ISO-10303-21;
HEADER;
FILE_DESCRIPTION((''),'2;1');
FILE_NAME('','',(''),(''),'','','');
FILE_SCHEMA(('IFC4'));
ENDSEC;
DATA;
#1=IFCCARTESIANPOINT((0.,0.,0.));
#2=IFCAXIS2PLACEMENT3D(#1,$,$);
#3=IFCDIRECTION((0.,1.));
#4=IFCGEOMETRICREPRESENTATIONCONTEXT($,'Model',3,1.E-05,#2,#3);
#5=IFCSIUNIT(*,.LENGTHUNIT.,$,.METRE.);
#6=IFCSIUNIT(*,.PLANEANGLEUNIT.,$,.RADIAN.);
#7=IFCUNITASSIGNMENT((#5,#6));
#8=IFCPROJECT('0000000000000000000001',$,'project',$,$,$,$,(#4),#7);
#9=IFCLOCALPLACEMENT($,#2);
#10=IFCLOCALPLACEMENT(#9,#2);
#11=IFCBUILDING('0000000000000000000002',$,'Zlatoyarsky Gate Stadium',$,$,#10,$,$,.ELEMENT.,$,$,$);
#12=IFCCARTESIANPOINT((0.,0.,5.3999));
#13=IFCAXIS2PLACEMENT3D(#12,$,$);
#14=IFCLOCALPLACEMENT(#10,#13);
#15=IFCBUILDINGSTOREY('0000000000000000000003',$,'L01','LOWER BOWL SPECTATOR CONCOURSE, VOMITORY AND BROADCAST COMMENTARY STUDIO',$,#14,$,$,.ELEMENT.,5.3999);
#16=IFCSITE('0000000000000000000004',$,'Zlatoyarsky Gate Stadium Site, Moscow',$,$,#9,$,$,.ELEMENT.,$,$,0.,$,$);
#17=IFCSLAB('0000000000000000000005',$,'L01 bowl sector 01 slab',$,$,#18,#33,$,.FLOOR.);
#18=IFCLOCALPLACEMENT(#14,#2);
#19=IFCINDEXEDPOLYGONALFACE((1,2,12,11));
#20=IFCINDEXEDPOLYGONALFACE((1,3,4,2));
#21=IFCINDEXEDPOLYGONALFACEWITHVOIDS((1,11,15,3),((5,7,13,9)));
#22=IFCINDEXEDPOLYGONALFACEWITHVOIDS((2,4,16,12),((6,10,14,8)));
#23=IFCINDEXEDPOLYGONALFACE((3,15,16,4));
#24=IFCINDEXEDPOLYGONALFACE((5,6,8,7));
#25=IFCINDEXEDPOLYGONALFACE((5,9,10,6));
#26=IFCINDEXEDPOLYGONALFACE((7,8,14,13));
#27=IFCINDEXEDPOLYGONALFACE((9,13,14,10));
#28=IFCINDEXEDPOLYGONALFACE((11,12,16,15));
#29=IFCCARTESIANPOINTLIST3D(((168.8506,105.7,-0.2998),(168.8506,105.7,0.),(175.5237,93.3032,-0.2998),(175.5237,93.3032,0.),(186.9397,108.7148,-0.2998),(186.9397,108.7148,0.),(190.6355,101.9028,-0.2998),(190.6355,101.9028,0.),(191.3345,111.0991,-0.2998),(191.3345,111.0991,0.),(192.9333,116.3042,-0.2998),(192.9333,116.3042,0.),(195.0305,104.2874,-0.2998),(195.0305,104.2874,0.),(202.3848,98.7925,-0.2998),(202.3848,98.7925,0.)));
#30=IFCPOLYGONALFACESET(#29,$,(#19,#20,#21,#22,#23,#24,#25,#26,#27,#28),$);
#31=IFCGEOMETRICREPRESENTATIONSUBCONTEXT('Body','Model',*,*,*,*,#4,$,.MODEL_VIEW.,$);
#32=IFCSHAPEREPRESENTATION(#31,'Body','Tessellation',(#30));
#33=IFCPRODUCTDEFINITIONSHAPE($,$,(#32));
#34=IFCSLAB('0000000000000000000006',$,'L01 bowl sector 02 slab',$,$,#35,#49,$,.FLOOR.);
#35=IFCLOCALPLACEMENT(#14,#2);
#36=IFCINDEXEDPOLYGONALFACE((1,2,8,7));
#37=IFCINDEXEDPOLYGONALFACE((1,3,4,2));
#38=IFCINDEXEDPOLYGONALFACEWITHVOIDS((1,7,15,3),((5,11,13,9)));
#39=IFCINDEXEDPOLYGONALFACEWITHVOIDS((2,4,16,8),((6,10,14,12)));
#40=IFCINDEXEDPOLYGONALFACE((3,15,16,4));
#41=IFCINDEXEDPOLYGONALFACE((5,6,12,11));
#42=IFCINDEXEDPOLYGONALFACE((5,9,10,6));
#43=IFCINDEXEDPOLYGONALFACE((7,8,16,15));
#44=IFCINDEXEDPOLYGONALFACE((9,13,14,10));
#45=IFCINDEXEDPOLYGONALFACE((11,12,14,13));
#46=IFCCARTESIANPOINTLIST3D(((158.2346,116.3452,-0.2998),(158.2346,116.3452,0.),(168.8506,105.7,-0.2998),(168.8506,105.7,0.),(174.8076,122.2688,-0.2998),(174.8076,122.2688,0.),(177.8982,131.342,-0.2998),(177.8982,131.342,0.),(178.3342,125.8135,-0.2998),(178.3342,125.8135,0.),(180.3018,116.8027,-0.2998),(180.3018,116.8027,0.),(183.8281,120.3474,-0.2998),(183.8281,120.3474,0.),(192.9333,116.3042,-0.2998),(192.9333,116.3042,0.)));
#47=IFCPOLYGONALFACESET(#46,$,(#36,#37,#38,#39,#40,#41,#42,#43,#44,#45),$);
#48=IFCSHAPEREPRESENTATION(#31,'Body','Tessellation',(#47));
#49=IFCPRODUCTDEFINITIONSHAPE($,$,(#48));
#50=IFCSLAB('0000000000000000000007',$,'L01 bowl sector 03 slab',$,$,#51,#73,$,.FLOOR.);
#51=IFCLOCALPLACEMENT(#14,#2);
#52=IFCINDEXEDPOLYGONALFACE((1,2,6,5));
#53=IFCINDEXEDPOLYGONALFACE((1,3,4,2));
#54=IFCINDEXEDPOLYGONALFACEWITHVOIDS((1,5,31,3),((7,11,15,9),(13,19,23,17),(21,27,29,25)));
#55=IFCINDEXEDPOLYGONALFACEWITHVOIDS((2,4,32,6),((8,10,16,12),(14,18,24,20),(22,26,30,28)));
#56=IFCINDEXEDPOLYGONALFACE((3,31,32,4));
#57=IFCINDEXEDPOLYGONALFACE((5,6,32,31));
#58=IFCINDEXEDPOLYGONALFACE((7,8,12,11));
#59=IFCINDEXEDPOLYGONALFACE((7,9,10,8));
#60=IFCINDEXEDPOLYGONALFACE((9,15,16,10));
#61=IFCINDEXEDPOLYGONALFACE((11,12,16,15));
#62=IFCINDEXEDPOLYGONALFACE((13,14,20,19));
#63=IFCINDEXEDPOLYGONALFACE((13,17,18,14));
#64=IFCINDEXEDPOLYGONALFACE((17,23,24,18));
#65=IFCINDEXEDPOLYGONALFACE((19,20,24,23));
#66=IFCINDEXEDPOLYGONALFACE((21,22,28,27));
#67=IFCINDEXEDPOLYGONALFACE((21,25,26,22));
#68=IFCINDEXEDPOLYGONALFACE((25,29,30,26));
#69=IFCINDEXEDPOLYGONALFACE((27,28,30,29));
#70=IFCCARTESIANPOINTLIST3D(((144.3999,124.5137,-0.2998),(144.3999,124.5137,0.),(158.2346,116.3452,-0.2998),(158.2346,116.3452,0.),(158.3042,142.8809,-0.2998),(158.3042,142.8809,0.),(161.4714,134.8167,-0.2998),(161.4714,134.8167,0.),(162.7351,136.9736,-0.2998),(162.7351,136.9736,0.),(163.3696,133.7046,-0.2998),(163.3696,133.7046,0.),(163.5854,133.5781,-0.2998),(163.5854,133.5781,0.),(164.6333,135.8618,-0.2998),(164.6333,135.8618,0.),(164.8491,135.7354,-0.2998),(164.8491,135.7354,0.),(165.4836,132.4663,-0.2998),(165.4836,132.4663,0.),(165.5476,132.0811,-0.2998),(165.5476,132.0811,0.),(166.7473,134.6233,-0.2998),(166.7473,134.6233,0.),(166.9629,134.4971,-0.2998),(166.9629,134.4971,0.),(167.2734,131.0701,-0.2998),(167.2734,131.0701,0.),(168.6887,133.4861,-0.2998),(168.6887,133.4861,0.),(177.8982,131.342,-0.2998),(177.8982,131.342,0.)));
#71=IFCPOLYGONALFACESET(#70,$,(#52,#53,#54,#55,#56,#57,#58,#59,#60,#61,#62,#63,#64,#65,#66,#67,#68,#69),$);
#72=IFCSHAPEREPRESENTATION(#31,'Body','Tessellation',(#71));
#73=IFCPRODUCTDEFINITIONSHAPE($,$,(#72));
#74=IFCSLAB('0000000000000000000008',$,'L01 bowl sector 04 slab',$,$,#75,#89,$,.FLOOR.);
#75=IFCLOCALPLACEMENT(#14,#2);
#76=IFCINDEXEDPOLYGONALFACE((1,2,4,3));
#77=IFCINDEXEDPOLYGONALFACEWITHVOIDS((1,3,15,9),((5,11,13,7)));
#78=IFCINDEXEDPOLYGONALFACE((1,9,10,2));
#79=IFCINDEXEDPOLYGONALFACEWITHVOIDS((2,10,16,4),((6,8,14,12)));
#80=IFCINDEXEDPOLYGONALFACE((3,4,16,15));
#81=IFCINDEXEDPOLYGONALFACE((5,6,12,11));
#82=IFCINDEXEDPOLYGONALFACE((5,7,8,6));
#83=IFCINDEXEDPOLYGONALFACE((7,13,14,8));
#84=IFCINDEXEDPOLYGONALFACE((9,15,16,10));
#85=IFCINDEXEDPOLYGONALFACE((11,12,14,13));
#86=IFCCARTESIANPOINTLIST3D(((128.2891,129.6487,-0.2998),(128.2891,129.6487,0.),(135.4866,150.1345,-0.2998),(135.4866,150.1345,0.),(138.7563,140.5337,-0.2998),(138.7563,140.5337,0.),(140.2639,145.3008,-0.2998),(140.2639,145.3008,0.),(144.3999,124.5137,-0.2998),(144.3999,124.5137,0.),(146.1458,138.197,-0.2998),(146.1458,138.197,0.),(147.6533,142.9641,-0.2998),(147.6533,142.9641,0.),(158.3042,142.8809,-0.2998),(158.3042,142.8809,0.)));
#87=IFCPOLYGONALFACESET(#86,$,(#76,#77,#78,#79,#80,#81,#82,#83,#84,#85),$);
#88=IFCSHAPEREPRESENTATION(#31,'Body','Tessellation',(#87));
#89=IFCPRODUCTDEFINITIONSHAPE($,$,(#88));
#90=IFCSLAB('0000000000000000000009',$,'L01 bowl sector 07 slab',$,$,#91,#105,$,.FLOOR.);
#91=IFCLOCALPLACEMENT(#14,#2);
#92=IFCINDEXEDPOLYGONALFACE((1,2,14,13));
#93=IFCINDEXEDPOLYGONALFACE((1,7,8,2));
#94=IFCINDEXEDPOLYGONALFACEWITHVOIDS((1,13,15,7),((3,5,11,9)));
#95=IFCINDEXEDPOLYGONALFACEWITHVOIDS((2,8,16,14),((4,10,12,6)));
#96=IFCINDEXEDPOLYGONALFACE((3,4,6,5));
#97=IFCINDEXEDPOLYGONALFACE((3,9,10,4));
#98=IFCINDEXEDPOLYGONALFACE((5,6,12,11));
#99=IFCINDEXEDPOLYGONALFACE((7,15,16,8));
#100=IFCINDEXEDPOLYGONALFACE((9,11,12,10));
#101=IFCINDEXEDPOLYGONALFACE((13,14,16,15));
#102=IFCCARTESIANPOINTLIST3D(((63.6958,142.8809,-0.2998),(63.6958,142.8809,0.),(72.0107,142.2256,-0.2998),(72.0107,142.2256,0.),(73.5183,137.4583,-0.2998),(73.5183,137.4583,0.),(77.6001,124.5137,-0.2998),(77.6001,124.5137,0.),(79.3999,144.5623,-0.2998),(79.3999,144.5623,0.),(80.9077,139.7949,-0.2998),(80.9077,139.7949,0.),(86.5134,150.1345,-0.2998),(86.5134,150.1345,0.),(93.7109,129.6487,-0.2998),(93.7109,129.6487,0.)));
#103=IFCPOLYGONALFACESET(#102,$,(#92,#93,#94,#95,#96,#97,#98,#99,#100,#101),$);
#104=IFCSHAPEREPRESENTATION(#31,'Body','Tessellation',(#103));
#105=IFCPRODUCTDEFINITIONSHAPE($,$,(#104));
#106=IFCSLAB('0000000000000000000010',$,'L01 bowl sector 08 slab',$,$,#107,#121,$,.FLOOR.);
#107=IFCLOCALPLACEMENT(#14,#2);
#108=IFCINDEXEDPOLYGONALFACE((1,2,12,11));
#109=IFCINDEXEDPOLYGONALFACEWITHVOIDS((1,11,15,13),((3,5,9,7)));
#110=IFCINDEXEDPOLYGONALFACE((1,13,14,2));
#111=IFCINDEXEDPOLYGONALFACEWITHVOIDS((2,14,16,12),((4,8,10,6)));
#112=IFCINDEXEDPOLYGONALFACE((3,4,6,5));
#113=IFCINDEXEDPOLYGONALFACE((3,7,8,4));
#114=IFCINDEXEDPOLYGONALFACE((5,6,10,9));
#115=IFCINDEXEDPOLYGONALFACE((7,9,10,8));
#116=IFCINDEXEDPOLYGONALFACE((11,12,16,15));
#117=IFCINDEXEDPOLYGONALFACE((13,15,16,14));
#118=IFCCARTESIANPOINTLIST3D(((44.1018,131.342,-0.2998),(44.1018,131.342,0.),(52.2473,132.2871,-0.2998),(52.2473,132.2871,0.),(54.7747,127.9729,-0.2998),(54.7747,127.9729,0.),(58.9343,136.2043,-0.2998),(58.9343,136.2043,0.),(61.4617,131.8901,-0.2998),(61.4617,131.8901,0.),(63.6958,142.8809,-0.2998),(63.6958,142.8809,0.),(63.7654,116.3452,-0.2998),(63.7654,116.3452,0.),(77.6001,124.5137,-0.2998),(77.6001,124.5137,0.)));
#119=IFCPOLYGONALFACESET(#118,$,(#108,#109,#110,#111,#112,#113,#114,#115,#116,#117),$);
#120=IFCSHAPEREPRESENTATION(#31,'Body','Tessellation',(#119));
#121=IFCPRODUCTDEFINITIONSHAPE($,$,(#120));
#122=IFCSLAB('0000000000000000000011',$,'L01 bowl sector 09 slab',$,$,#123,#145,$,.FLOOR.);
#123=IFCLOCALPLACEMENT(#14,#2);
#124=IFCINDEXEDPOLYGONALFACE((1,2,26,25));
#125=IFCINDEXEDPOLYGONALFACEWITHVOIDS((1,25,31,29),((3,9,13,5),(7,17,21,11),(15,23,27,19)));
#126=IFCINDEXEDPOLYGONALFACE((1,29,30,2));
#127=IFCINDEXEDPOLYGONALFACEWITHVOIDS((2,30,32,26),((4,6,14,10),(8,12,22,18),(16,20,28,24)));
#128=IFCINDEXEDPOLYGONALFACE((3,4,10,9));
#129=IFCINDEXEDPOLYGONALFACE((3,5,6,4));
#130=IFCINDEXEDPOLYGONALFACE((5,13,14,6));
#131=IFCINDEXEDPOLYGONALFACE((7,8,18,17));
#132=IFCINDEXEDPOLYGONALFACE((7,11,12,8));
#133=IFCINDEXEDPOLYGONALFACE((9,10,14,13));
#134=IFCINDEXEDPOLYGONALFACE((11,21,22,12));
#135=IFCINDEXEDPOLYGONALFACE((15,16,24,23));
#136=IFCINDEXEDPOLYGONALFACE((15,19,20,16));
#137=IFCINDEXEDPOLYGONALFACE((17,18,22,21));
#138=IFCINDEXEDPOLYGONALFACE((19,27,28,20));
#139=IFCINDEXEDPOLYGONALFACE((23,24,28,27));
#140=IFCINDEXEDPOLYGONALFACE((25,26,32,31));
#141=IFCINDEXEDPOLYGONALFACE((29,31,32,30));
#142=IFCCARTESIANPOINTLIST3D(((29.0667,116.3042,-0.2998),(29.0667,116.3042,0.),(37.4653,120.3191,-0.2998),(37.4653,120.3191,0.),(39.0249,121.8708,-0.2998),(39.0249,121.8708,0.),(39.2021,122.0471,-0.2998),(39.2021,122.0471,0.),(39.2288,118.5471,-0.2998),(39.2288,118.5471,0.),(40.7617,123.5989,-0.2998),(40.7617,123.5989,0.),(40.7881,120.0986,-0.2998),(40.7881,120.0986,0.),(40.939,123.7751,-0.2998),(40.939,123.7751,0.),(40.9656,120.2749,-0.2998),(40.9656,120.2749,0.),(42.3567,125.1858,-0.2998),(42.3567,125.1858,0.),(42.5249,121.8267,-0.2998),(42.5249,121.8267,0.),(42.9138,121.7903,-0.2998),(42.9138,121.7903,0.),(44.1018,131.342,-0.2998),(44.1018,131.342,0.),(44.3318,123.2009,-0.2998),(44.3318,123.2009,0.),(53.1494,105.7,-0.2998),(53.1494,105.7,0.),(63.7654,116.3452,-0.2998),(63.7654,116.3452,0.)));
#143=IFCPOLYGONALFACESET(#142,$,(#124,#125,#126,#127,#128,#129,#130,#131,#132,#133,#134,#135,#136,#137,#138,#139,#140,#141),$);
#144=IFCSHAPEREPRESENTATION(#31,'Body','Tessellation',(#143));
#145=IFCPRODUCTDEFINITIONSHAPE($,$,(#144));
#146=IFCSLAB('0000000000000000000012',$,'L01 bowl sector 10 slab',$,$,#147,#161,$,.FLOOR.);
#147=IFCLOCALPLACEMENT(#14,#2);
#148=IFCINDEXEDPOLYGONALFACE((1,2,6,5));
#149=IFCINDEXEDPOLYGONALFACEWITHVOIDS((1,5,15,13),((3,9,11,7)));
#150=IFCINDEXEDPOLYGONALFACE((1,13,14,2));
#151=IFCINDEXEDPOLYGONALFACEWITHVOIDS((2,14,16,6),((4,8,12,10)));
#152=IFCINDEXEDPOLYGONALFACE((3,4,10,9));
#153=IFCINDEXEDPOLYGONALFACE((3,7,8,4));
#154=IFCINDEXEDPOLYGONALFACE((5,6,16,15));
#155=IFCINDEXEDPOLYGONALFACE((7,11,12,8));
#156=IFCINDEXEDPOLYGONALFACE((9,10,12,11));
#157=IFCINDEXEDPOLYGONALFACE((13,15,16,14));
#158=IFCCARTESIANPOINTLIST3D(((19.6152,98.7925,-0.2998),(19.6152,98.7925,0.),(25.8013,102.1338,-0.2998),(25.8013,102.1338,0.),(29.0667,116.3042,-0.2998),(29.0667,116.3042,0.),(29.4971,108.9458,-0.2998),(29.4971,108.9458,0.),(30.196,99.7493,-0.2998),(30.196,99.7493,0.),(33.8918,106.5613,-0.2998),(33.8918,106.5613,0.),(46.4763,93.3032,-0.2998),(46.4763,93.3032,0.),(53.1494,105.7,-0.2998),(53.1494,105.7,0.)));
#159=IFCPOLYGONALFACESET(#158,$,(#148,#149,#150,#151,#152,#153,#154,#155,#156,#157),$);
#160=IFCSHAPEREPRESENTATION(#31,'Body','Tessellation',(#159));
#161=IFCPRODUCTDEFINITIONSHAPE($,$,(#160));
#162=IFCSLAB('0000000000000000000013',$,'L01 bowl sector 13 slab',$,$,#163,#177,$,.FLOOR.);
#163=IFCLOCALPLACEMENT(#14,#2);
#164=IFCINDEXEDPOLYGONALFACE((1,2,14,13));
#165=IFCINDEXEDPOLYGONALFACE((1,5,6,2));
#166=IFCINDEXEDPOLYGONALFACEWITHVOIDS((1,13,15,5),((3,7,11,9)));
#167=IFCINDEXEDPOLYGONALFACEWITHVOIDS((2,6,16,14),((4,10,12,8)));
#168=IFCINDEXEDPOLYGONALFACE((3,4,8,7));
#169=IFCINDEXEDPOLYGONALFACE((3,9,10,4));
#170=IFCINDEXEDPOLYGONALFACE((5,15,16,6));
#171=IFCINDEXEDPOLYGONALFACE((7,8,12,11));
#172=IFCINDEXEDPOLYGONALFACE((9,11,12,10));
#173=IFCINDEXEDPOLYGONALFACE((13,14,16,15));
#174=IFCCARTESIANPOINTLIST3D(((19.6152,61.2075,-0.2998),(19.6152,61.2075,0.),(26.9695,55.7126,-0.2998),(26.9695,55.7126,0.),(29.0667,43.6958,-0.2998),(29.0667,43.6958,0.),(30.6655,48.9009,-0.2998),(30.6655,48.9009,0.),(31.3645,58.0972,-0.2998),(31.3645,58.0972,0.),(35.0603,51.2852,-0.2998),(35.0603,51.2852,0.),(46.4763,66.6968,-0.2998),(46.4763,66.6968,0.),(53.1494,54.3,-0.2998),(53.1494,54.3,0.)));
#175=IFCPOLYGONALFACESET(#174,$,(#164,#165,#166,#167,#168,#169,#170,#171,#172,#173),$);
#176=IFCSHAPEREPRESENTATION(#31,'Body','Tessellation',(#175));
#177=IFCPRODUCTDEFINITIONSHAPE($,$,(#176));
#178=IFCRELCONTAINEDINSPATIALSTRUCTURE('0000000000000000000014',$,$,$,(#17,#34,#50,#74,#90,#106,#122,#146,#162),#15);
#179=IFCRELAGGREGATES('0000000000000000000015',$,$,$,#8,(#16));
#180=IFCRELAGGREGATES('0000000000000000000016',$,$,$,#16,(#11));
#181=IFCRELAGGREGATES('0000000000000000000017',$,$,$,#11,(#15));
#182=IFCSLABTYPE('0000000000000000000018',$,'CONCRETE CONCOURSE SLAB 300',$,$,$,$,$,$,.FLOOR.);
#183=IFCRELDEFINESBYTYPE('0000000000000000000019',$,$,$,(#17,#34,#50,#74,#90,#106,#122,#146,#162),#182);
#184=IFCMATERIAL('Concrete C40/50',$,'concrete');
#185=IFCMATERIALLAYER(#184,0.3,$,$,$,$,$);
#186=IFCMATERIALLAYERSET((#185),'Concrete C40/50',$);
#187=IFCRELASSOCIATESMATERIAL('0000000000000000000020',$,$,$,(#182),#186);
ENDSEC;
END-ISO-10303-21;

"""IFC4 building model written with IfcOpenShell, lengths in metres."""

from ifc_helpers import new_model, si_unit, direction, frame, origin, place, context, subcontext, project, spatial, polyline, outline, extrude, material, layer, layer_set, type_object, element, save


model = new_model("IFC4")

# Units and contexts
model_context = context("Model", 3, precision=1e-05, world=origin(), true_north=direction((0.0, 1.0)))
body_context = subcontext(model_context, "Body", "Model", "MODEL_VIEW")
ifc_project = project(units=[si_unit("LENGTHUNIT", "METRE"), si_unit("PLANEANGLEUNIT", "RADIAN")], contexts=[model_context])

# Site, building, storey
site_placement = place(None, origin())
site = spatial("IfcSite", under=ifc_project, at=site_placement, Name="Zlatoyarsky Gate Stadium Site, Moscow", CompositionType="ELEMENT", RefElevation=0.0)
building_placement = place(site_placement, origin())
building = spatial("IfcBuilding", under=site, at=building_placement, Name="Zlatoyarsky Gate Stadium", CompositionType="ELEMENT")
storey_placement = place(building_placement, frame((0.0, 0.0, 5.3999)))
storey = spatial("IfcBuildingStorey", under=building, at=storey_placement, Name="L01", Description="LOWER BOWL SPECTATOR CONCOURSE, VOMITORY AND BROADCAST COMMENTARY STUDIO", CompositionType="ELEMENT", Elevation=5.3999)

# Slabs
ifc_material_1 = material(Name="Concrete C40/50", Category="concrete")
ifc_layer_1 = layer(ifc_material_1, 0.3)
ifc_layer_set_1 = layer_set([ifc_layer_1], Name="Concrete C40/50")
slab_type_1 = type_object("IfcSlabType", Name="CONCRETE CONCOURSE SLAB 300", PredefinedType="FLOOR", material=ifc_layer_set_1)
slab_1_placement = place(storey_placement, frame((0.0, 0.0, -0.2998)))
element("IfcSlab", 1, at=slab_1_placement, inside=storey, type_object=slab_type_1, Name="L01 bowl sector 01 slab", PredefinedType="FLOOR", context=body_context, shape_type="SweptSolid", body=[
    extrude(outline(polyline([(168.8506, 105.7), (192.9333, 116.3042), (202.3848, 98.7925), (175.5237, 93.3032), (168.8506, 105.7)]), holes=[polyline([(190.6355, 101.9028), (195.0305, 104.2874), (191.3345, 111.0991), (186.9397, 108.7148), (190.6355, 101.9028)])]), origin(), (0.0, 0.0, 1.0), 0.2998),
])
slab_2_placement = place(storey_placement, frame((0.0, 0.0, -0.2998)))
element("IfcSlab", 2, at=slab_2_placement, inside=storey, type_object=slab_type_1, Name="L01 bowl sector 02 slab", PredefinedType="FLOOR", context=body_context, shape_type="SweptSolid", body=[
    extrude(outline(polyline([(158.2346, 116.3452), (177.8982, 131.342), (192.9333, 116.3042), (168.8506, 105.7), (158.2346, 116.3452)]), holes=[polyline([(183.8281, 120.3474), (178.3342, 125.8135), (174.8076, 122.2688), (180.3018, 116.8027), (183.8281, 120.3474)])]), origin(), (0.0, 0.0, 1.0), 0.2998),
])
slab_3_placement = place(storey_placement, frame((0.0, 0.0, -0.2998)))
element("IfcSlab", 3, at=slab_3_placement, inside=storey, type_object=slab_type_1, Name="L01 bowl sector 03 slab", PredefinedType="FLOOR", context=body_context, shape_type="SweptSolid", body=[
    extrude(outline(polyline([(144.3999, 124.5137), (158.3042, 142.8809), (177.8982, 131.342), (158.2346, 116.3452), (144.3999, 124.5137)]), holes=[polyline([(167.2734, 131.0701), (168.6887, 133.4861), (166.9629, 134.4971), (165.5476, 132.0811), (167.2734, 131.0701)]), polyline([(165.4836, 132.4663), (166.7473, 134.6233), (164.8491, 135.7354), (163.5854, 133.5781), (165.4836, 132.4663)]), polyline([(164.6333, 135.8618), (162.7351, 136.9736), (161.4714, 134.8167), (163.3696, 133.7046), (164.6333, 135.8618)])]), origin(), (0.0, 0.0, 1.0), 0.2998),
])
slab_4_placement = place(storey_placement, frame((0.0, 0.0, -0.2998)))
element("IfcSlab", 4, at=slab_4_placement, inside=storey, type_object=slab_type_1, Name="L01 bowl sector 04 slab", PredefinedType="FLOOR", context=body_context, shape_type="SweptSolid", body=[
    extrude(outline(polyline([(128.2891, 129.6487), (135.4866, 150.1345), (158.3042, 142.8809), (144.3999, 124.5137), (128.2891, 129.6487)]), holes=[polyline([(146.1458, 138.197), (147.6533, 142.9641), (140.2639, 145.3008), (138.7563, 140.5337), (146.1458, 138.197)])]), origin(), (0.0, 0.0, 1.0), 0.2998),
])
slab_5_placement = place(storey_placement, frame((0.0, 0.0, -0.2998)))
element("IfcSlab", 5, at=slab_5_placement, inside=storey, type_object=slab_type_1, Name="L01 bowl sector 07 slab", PredefinedType="FLOOR", context=body_context, shape_type="SweptSolid", body=[
    extrude(outline(polyline([(77.6001, 124.5137), (63.6958, 142.8809), (86.5134, 150.1345), (93.7109, 129.6487), (77.6001, 124.5137)]), holes=[polyline([(79.3999, 144.5623), (72.0107, 142.2256), (73.5183, 137.4583), (80.9077, 139.7949), (79.3999, 144.5623)])]), origin(), (0.0, 0.0, 1.0), 0.2998),
])
slab_6_placement = place(storey_placement, frame((0.0, 0.0, -0.2998)))
element("IfcSlab", 6, at=slab_6_placement, inside=storey, type_object=slab_type_1, Name="L01 bowl sector 08 slab", PredefinedType="FLOOR", context=body_context, shape_type="SweptSolid", body=[
    extrude(outline(polyline([(63.7654, 116.3452), (44.1018, 131.342), (63.6958, 142.8809), (77.6001, 124.5137), (63.7654, 116.3452)]), holes=[polyline([(61.4617, 131.8901), (58.9343, 136.2043), (52.2473, 132.2871), (54.7747, 127.9729), (61.4617, 131.8901)])]), origin(), (0.0, 0.0, 1.0), 0.2998),
])
slab_7_placement = place(storey_placement, frame((0.0, 0.0, -0.2998)))
element("IfcSlab", 7, at=slab_7_placement, inside=storey, type_object=slab_type_1, Name="L01 bowl sector 09 slab", PredefinedType="FLOOR", context=body_context, shape_type="SweptSolid", body=[
    extrude(outline(polyline([(53.1494, 105.7), (29.0667, 116.3042), (44.1018, 131.342), (63.7654, 116.3452), (53.1494, 105.7)]), holes=[polyline([(40.7881, 120.0986), (39.0249, 121.8708), (37.4653, 120.3191), (39.2288, 118.5471), (40.7881, 120.0986)]), polyline([(42.5249, 121.8267), (40.7617, 123.5989), (39.2021, 122.0471), (40.9656, 120.2749), (42.5249, 121.8267)]), polyline([(42.3567, 125.1858), (40.939, 123.7751), (42.9138, 121.7903), (44.3318, 123.2009), (42.3567, 125.1858)])]), origin(), (0.0, 0.0, 1.0), 0.2998),
])
slab_8_placement = place(storey_placement, frame((0.0, 0.0, -0.2998)))
element("IfcSlab", 8, at=slab_8_placement, inside=storey, type_object=slab_type_1, Name="L01 bowl sector 10 slab", PredefinedType="FLOOR", context=body_context, shape_type="SweptSolid", body=[
    extrude(outline(polyline([(46.4763, 93.3032), (19.6152, 98.7925), (29.0667, 116.3042), (53.1494, 105.7), (46.4763, 93.3032)]), holes=[polyline([(29.4971, 108.9458), (25.8013, 102.1338), (30.196, 99.7493), (33.8918, 106.5613), (29.4971, 108.9458)])]), origin(), (0.0, 0.0, 1.0), 0.2998),
])
slab_9_placement = place(storey_placement, frame((0.0, 0.0, -0.2998)))
element("IfcSlab", 9, at=slab_9_placement, inside=storey, type_object=slab_type_1, Name="L01 bowl sector 13 slab", PredefinedType="FLOOR", context=body_context, shape_type="SweptSolid", body=[
    extrude(outline(polyline([(53.1494, 54.3), (29.0667, 43.6958), (19.6152, 61.2075), (46.4763, 66.6968), (53.1494, 54.3)]), holes=[polyline([(26.9695, 55.7126), (30.6655, 48.9009), (35.0603, 51.2852), (31.3645, 58.0972), (26.9695, 55.7126)])]), origin(), (0.0, 0.0, 1.0), 0.2998),
])

save(model, "model.ifc")
